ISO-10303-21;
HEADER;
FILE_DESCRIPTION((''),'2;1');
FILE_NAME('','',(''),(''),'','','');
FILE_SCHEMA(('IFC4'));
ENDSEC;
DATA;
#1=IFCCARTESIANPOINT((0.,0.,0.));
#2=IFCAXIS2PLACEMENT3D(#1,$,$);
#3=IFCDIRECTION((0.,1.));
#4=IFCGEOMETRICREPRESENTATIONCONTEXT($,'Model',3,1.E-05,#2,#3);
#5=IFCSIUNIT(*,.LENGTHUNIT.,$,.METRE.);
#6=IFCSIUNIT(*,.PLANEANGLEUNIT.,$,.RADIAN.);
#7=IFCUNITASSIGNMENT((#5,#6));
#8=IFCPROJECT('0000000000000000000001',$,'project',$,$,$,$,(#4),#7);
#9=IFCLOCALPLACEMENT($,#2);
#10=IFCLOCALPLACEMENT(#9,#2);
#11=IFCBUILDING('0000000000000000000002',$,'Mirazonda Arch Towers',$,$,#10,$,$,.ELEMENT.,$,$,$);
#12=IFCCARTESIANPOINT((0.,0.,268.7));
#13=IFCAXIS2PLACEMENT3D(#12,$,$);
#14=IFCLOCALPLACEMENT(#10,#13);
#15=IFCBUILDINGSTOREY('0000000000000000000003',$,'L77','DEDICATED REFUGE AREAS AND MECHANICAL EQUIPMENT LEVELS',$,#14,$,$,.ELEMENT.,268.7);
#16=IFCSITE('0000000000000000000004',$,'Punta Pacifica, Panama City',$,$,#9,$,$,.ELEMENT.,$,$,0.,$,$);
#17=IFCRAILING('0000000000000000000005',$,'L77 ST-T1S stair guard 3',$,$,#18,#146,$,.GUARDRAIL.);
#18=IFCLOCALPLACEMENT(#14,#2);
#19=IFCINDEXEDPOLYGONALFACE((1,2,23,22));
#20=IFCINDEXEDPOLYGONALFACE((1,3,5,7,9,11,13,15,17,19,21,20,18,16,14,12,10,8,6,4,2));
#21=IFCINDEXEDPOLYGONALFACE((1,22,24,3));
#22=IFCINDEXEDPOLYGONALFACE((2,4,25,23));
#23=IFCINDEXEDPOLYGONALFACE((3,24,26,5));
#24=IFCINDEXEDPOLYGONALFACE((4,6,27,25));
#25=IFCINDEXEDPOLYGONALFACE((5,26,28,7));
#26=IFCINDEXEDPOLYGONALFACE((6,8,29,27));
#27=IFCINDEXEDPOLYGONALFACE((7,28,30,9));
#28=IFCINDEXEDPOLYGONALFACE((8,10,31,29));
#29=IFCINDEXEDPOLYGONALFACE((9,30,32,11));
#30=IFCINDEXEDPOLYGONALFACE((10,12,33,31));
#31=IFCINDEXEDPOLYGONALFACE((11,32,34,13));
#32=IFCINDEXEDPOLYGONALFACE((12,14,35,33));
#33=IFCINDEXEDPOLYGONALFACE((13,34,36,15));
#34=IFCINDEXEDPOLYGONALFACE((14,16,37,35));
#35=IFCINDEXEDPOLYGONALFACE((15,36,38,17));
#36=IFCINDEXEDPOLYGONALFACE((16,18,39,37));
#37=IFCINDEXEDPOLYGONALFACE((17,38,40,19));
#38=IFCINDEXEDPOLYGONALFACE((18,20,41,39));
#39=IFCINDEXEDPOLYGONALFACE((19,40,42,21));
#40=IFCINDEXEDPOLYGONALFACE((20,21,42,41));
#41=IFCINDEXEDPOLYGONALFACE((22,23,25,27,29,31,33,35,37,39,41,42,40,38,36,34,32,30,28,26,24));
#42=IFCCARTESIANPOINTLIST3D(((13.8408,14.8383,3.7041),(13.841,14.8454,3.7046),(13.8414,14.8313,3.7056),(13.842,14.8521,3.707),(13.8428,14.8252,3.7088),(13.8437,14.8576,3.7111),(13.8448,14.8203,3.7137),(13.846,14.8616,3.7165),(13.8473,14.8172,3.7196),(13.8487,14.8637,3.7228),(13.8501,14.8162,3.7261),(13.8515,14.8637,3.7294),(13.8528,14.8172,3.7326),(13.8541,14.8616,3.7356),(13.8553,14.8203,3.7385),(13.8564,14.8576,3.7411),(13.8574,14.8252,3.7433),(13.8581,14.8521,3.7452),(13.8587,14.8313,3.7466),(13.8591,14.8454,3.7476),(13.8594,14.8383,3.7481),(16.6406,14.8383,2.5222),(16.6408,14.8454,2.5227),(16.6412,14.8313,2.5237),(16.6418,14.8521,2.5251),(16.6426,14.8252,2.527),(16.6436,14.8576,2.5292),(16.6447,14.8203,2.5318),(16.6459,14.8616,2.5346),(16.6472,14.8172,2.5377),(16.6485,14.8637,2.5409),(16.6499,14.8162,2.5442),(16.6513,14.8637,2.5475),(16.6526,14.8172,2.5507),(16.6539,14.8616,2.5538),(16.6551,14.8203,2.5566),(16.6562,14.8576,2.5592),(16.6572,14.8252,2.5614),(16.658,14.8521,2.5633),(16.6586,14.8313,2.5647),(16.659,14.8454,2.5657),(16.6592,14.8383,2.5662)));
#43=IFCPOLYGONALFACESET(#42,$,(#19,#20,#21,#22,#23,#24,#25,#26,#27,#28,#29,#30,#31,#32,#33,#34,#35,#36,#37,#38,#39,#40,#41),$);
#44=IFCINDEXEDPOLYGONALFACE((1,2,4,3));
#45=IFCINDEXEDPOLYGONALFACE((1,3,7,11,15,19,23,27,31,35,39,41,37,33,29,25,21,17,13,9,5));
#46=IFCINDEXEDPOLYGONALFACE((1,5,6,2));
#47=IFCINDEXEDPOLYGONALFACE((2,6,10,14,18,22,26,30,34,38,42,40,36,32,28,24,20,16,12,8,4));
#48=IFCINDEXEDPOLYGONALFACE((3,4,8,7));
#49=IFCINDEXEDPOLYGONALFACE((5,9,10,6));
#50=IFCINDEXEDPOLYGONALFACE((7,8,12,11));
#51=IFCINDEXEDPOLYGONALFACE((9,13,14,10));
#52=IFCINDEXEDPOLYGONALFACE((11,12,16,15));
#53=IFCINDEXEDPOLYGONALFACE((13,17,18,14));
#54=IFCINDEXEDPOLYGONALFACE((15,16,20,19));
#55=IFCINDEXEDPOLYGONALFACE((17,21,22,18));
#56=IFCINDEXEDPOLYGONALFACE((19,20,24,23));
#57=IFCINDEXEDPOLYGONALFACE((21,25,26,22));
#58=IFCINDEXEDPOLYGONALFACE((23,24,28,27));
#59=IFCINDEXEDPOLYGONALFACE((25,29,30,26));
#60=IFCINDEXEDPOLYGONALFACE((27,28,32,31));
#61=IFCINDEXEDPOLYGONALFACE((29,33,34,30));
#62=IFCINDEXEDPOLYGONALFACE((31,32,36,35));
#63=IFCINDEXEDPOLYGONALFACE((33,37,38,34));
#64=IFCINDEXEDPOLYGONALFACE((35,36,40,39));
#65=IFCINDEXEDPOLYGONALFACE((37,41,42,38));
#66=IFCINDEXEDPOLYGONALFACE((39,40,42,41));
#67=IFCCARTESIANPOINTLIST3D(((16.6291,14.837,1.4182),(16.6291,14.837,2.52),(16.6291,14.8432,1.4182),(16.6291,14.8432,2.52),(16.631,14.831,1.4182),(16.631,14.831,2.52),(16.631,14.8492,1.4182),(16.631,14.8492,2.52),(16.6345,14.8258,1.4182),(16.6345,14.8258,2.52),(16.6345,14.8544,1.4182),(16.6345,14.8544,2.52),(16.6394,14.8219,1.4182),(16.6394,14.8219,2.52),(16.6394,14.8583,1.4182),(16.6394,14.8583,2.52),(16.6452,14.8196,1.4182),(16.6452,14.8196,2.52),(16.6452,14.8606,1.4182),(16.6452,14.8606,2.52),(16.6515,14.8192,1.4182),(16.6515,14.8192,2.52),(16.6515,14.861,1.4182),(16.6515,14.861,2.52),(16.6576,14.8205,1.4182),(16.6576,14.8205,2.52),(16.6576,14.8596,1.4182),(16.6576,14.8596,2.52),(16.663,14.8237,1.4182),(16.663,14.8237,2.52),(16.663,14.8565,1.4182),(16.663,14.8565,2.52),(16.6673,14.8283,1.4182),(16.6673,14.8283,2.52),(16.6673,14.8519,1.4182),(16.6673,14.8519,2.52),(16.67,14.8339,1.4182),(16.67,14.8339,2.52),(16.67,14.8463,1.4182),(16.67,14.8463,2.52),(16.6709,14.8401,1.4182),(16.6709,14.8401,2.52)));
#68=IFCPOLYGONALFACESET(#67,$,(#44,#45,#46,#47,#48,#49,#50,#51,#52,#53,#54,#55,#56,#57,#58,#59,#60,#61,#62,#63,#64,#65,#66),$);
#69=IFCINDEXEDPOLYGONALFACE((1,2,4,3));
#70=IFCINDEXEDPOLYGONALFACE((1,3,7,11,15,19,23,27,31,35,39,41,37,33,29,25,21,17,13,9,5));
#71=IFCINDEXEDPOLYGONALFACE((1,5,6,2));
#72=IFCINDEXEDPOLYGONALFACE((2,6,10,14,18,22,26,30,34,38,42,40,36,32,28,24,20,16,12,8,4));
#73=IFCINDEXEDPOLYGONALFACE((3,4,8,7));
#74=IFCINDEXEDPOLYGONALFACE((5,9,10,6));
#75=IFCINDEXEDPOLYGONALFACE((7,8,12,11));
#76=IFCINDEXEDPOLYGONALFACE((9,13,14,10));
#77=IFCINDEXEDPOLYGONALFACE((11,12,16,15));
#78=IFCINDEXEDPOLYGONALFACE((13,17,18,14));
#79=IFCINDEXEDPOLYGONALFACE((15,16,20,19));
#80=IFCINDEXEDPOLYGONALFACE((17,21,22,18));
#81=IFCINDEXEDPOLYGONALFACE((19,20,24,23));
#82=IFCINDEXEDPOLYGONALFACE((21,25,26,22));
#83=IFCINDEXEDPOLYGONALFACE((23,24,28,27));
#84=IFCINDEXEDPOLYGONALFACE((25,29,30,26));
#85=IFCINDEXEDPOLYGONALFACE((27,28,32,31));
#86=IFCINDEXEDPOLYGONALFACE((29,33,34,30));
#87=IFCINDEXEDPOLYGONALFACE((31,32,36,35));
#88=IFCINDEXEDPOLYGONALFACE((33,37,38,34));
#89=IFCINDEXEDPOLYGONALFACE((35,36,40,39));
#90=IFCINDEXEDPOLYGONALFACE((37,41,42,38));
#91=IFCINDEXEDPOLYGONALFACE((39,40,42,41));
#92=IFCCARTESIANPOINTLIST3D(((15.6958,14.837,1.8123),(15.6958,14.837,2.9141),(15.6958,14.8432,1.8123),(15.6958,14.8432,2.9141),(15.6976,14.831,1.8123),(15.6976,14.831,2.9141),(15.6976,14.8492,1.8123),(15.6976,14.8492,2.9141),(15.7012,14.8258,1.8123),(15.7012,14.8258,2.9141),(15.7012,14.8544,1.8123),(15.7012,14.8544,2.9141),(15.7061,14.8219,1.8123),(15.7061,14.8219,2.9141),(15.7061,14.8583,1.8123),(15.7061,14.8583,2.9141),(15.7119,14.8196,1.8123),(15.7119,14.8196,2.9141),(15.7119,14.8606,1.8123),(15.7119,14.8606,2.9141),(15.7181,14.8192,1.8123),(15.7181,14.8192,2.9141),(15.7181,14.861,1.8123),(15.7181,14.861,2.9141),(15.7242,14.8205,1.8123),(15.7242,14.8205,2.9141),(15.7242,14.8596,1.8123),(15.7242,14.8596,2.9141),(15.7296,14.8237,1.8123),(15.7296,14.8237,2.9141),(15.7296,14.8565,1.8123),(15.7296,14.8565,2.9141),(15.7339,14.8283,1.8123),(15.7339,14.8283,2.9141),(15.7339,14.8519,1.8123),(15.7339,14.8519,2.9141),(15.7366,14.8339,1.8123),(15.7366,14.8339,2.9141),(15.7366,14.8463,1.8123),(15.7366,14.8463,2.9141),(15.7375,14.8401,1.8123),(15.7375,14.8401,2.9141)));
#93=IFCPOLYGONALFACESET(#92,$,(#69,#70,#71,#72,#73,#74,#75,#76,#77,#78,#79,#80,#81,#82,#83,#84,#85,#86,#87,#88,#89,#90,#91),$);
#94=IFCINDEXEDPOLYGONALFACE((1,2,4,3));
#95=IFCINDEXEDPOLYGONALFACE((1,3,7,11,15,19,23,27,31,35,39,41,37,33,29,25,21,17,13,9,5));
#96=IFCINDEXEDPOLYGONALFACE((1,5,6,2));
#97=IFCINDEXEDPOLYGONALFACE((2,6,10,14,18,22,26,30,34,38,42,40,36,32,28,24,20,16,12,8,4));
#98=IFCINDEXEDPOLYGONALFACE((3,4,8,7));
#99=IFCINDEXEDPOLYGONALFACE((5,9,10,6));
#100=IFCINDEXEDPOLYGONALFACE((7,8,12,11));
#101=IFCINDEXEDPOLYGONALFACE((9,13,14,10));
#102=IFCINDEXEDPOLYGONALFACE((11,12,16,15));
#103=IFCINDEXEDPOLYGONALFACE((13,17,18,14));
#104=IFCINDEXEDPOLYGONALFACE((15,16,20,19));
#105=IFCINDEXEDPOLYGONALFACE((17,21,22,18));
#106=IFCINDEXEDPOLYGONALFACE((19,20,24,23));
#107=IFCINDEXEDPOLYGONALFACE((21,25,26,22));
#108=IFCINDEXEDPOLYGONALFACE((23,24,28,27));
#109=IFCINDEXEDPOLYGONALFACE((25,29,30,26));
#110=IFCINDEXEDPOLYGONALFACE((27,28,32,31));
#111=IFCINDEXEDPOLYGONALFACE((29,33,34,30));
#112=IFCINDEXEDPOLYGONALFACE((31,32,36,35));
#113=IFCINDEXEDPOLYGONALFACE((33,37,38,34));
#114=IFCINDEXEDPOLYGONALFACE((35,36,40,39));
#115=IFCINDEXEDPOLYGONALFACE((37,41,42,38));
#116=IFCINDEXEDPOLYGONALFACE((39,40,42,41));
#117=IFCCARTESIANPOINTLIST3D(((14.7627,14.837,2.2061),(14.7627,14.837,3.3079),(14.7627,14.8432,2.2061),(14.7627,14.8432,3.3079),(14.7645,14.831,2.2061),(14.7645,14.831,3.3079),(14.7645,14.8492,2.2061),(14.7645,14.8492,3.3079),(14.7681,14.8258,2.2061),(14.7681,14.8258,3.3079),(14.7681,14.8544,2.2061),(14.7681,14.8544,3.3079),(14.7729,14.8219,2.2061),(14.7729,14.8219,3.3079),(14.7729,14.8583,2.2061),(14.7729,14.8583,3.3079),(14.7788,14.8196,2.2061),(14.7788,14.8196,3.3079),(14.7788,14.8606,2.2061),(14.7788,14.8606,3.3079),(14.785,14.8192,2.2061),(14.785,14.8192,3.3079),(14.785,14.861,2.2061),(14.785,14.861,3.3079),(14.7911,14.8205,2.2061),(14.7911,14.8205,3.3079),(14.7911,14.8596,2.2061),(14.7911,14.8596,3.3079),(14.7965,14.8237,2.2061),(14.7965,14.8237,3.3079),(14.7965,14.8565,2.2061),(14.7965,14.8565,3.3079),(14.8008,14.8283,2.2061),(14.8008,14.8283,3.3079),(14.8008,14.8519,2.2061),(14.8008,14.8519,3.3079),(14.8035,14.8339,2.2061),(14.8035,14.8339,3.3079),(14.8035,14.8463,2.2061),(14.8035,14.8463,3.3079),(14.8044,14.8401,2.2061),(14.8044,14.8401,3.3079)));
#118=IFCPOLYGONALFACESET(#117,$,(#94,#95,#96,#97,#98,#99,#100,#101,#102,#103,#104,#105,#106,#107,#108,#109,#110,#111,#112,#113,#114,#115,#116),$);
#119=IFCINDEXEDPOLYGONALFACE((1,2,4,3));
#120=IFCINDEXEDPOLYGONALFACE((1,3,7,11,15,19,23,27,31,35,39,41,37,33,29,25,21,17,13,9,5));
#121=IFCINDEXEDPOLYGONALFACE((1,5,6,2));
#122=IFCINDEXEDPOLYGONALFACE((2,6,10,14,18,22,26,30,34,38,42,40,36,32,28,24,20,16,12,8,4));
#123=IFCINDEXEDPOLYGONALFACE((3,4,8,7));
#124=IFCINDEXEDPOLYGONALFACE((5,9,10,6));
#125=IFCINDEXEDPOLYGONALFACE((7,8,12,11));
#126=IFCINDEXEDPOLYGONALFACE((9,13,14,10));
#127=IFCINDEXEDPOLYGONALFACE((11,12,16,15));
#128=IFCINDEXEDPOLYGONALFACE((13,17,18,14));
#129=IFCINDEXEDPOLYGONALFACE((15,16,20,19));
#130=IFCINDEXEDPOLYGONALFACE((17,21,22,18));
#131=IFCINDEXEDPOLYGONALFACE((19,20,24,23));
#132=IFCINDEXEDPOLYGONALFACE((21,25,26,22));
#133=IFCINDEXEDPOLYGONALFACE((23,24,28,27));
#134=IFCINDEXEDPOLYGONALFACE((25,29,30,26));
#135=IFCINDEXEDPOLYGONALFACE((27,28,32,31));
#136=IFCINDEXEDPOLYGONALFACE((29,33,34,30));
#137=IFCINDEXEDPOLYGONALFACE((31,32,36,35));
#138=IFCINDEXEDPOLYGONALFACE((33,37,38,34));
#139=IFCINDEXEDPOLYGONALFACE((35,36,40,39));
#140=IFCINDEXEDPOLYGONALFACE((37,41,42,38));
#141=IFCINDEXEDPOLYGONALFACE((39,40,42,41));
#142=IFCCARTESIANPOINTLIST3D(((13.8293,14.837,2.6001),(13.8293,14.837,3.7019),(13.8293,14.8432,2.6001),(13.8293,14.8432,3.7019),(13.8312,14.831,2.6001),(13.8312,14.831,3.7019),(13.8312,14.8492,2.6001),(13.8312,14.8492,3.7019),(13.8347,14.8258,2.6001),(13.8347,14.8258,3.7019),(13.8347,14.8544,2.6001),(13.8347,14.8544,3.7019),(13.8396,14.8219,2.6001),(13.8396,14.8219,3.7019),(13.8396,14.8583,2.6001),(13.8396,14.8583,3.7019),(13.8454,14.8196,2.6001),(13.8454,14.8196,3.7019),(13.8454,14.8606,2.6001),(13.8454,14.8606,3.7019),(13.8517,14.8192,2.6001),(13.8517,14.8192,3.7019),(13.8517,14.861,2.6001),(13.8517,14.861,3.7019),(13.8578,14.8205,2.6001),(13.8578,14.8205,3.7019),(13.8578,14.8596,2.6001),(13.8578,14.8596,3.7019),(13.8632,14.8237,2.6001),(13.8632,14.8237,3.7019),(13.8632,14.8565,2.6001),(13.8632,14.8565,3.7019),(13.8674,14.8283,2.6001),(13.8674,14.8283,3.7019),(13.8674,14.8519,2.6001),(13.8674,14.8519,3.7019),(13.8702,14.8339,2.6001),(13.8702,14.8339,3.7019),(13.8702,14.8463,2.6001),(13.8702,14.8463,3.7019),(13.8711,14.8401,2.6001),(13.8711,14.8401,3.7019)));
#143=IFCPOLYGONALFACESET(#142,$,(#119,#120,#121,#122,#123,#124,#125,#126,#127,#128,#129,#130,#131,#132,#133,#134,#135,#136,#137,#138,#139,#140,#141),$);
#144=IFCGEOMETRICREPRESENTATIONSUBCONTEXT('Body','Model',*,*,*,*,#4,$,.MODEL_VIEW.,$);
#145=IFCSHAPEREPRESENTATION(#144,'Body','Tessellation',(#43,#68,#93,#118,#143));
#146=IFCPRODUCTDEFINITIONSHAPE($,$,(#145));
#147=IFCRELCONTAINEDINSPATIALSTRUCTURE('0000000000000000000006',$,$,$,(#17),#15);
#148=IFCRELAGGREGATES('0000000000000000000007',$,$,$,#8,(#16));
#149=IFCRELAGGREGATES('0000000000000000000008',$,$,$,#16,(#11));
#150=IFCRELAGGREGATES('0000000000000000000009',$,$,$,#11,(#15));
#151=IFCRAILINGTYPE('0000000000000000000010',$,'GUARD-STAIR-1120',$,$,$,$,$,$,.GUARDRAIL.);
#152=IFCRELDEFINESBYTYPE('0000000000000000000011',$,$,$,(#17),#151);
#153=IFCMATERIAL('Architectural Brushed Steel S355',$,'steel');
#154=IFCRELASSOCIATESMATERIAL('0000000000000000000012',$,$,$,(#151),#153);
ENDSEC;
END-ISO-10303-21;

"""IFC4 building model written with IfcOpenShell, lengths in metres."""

from ifc_helpers import new_model, si_unit, direction, frame, origin, origin_2d, place, context, subcontext, project, spatial, circle, extrude, material, type_object, element, save


model = new_model("IFC4")

# Units and contexts
model_context = context("Model", 3, precision=1e-05, world=origin(), true_north=direction((0.0, 1.0)))
body_context = subcontext(model_context, "Body", "Model", "MODEL_VIEW")
ifc_project = project(units=[si_unit("LENGTHUNIT", "METRE"), si_unit("PLANEANGLEUNIT", "RADIAN")], contexts=[model_context])

# Site, building, storey
site_placement = place(None, origin())
site = spatial("IfcSite", under=ifc_project, at=site_placement, Name="Punta Pacifica, Panama City", CompositionType="ELEMENT", RefElevation=0.0)
building_placement = place(site_placement, origin())
building = spatial("IfcBuilding", under=site, at=building_placement, Name="Mirazonda Arch Towers", CompositionType="ELEMENT")
storey_placement = place(building_placement, frame((0.0, 0.0, 268.7)))
storey = spatial("IfcBuildingStorey", under=building, at=storey_placement, Name="L77", Description="DEDICATED REFUGE AREAS AND MECHANICAL EQUIPMENT LEVELS", CompositionType="ELEMENT", Elevation=268.7)

# Shared definitions
ifc_material_1 = material(Name="Architectural Brushed Steel S355", Category="steel")

# Railing
railing_type_1 = type_object("IfcRailingType", Name="GUARD-STAIR-1120", PredefinedType="GUARDRAIL", material=ifc_material_1)
railing_1_placement = place(storey_placement, frame((16.6499, 14.8401, 1.4182)))
element("IfcRailing", 1, at=railing_1_placement, inside=storey, type_object=railing_type_1, Name="L77 ST-T1S stair guard 3", PredefinedType="GUARDRAIL", context=body_context, shape_type="SweptSolid", body=[
    extrude(circle(Radius=0.0239, at=origin_2d()), frame((0.0, 0.0, 1.126), z_axis=(-0.92128, 0.0, 0.388901), x_axis=(0.0, -1.0, 0.0)), (0.0, 0.0, 1.0), 3.0391),
    extrude(circle(Radius=0.021, at=origin_2d()), origin(), (0.0, 0.0, 1.0), 1.1018),
    extrude(circle(Radius=0.021, at=origin_2d()), frame((-0.9333, 0.0, 0.394)), (0.0, 0.0, 1.0), 1.1018),
    extrude(circle(Radius=0.021, at=origin_2d()), frame((-1.8665, 0.0, 0.7878)), (0.0, 0.0, 1.0), 1.1018),
    extrude(circle(Radius=0.021, at=origin_2d()), frame((-2.7998, 0.0, 1.1819)), (0.0, 0.0, 1.0), 1.1018),
])

save(model, "model.ifc")
